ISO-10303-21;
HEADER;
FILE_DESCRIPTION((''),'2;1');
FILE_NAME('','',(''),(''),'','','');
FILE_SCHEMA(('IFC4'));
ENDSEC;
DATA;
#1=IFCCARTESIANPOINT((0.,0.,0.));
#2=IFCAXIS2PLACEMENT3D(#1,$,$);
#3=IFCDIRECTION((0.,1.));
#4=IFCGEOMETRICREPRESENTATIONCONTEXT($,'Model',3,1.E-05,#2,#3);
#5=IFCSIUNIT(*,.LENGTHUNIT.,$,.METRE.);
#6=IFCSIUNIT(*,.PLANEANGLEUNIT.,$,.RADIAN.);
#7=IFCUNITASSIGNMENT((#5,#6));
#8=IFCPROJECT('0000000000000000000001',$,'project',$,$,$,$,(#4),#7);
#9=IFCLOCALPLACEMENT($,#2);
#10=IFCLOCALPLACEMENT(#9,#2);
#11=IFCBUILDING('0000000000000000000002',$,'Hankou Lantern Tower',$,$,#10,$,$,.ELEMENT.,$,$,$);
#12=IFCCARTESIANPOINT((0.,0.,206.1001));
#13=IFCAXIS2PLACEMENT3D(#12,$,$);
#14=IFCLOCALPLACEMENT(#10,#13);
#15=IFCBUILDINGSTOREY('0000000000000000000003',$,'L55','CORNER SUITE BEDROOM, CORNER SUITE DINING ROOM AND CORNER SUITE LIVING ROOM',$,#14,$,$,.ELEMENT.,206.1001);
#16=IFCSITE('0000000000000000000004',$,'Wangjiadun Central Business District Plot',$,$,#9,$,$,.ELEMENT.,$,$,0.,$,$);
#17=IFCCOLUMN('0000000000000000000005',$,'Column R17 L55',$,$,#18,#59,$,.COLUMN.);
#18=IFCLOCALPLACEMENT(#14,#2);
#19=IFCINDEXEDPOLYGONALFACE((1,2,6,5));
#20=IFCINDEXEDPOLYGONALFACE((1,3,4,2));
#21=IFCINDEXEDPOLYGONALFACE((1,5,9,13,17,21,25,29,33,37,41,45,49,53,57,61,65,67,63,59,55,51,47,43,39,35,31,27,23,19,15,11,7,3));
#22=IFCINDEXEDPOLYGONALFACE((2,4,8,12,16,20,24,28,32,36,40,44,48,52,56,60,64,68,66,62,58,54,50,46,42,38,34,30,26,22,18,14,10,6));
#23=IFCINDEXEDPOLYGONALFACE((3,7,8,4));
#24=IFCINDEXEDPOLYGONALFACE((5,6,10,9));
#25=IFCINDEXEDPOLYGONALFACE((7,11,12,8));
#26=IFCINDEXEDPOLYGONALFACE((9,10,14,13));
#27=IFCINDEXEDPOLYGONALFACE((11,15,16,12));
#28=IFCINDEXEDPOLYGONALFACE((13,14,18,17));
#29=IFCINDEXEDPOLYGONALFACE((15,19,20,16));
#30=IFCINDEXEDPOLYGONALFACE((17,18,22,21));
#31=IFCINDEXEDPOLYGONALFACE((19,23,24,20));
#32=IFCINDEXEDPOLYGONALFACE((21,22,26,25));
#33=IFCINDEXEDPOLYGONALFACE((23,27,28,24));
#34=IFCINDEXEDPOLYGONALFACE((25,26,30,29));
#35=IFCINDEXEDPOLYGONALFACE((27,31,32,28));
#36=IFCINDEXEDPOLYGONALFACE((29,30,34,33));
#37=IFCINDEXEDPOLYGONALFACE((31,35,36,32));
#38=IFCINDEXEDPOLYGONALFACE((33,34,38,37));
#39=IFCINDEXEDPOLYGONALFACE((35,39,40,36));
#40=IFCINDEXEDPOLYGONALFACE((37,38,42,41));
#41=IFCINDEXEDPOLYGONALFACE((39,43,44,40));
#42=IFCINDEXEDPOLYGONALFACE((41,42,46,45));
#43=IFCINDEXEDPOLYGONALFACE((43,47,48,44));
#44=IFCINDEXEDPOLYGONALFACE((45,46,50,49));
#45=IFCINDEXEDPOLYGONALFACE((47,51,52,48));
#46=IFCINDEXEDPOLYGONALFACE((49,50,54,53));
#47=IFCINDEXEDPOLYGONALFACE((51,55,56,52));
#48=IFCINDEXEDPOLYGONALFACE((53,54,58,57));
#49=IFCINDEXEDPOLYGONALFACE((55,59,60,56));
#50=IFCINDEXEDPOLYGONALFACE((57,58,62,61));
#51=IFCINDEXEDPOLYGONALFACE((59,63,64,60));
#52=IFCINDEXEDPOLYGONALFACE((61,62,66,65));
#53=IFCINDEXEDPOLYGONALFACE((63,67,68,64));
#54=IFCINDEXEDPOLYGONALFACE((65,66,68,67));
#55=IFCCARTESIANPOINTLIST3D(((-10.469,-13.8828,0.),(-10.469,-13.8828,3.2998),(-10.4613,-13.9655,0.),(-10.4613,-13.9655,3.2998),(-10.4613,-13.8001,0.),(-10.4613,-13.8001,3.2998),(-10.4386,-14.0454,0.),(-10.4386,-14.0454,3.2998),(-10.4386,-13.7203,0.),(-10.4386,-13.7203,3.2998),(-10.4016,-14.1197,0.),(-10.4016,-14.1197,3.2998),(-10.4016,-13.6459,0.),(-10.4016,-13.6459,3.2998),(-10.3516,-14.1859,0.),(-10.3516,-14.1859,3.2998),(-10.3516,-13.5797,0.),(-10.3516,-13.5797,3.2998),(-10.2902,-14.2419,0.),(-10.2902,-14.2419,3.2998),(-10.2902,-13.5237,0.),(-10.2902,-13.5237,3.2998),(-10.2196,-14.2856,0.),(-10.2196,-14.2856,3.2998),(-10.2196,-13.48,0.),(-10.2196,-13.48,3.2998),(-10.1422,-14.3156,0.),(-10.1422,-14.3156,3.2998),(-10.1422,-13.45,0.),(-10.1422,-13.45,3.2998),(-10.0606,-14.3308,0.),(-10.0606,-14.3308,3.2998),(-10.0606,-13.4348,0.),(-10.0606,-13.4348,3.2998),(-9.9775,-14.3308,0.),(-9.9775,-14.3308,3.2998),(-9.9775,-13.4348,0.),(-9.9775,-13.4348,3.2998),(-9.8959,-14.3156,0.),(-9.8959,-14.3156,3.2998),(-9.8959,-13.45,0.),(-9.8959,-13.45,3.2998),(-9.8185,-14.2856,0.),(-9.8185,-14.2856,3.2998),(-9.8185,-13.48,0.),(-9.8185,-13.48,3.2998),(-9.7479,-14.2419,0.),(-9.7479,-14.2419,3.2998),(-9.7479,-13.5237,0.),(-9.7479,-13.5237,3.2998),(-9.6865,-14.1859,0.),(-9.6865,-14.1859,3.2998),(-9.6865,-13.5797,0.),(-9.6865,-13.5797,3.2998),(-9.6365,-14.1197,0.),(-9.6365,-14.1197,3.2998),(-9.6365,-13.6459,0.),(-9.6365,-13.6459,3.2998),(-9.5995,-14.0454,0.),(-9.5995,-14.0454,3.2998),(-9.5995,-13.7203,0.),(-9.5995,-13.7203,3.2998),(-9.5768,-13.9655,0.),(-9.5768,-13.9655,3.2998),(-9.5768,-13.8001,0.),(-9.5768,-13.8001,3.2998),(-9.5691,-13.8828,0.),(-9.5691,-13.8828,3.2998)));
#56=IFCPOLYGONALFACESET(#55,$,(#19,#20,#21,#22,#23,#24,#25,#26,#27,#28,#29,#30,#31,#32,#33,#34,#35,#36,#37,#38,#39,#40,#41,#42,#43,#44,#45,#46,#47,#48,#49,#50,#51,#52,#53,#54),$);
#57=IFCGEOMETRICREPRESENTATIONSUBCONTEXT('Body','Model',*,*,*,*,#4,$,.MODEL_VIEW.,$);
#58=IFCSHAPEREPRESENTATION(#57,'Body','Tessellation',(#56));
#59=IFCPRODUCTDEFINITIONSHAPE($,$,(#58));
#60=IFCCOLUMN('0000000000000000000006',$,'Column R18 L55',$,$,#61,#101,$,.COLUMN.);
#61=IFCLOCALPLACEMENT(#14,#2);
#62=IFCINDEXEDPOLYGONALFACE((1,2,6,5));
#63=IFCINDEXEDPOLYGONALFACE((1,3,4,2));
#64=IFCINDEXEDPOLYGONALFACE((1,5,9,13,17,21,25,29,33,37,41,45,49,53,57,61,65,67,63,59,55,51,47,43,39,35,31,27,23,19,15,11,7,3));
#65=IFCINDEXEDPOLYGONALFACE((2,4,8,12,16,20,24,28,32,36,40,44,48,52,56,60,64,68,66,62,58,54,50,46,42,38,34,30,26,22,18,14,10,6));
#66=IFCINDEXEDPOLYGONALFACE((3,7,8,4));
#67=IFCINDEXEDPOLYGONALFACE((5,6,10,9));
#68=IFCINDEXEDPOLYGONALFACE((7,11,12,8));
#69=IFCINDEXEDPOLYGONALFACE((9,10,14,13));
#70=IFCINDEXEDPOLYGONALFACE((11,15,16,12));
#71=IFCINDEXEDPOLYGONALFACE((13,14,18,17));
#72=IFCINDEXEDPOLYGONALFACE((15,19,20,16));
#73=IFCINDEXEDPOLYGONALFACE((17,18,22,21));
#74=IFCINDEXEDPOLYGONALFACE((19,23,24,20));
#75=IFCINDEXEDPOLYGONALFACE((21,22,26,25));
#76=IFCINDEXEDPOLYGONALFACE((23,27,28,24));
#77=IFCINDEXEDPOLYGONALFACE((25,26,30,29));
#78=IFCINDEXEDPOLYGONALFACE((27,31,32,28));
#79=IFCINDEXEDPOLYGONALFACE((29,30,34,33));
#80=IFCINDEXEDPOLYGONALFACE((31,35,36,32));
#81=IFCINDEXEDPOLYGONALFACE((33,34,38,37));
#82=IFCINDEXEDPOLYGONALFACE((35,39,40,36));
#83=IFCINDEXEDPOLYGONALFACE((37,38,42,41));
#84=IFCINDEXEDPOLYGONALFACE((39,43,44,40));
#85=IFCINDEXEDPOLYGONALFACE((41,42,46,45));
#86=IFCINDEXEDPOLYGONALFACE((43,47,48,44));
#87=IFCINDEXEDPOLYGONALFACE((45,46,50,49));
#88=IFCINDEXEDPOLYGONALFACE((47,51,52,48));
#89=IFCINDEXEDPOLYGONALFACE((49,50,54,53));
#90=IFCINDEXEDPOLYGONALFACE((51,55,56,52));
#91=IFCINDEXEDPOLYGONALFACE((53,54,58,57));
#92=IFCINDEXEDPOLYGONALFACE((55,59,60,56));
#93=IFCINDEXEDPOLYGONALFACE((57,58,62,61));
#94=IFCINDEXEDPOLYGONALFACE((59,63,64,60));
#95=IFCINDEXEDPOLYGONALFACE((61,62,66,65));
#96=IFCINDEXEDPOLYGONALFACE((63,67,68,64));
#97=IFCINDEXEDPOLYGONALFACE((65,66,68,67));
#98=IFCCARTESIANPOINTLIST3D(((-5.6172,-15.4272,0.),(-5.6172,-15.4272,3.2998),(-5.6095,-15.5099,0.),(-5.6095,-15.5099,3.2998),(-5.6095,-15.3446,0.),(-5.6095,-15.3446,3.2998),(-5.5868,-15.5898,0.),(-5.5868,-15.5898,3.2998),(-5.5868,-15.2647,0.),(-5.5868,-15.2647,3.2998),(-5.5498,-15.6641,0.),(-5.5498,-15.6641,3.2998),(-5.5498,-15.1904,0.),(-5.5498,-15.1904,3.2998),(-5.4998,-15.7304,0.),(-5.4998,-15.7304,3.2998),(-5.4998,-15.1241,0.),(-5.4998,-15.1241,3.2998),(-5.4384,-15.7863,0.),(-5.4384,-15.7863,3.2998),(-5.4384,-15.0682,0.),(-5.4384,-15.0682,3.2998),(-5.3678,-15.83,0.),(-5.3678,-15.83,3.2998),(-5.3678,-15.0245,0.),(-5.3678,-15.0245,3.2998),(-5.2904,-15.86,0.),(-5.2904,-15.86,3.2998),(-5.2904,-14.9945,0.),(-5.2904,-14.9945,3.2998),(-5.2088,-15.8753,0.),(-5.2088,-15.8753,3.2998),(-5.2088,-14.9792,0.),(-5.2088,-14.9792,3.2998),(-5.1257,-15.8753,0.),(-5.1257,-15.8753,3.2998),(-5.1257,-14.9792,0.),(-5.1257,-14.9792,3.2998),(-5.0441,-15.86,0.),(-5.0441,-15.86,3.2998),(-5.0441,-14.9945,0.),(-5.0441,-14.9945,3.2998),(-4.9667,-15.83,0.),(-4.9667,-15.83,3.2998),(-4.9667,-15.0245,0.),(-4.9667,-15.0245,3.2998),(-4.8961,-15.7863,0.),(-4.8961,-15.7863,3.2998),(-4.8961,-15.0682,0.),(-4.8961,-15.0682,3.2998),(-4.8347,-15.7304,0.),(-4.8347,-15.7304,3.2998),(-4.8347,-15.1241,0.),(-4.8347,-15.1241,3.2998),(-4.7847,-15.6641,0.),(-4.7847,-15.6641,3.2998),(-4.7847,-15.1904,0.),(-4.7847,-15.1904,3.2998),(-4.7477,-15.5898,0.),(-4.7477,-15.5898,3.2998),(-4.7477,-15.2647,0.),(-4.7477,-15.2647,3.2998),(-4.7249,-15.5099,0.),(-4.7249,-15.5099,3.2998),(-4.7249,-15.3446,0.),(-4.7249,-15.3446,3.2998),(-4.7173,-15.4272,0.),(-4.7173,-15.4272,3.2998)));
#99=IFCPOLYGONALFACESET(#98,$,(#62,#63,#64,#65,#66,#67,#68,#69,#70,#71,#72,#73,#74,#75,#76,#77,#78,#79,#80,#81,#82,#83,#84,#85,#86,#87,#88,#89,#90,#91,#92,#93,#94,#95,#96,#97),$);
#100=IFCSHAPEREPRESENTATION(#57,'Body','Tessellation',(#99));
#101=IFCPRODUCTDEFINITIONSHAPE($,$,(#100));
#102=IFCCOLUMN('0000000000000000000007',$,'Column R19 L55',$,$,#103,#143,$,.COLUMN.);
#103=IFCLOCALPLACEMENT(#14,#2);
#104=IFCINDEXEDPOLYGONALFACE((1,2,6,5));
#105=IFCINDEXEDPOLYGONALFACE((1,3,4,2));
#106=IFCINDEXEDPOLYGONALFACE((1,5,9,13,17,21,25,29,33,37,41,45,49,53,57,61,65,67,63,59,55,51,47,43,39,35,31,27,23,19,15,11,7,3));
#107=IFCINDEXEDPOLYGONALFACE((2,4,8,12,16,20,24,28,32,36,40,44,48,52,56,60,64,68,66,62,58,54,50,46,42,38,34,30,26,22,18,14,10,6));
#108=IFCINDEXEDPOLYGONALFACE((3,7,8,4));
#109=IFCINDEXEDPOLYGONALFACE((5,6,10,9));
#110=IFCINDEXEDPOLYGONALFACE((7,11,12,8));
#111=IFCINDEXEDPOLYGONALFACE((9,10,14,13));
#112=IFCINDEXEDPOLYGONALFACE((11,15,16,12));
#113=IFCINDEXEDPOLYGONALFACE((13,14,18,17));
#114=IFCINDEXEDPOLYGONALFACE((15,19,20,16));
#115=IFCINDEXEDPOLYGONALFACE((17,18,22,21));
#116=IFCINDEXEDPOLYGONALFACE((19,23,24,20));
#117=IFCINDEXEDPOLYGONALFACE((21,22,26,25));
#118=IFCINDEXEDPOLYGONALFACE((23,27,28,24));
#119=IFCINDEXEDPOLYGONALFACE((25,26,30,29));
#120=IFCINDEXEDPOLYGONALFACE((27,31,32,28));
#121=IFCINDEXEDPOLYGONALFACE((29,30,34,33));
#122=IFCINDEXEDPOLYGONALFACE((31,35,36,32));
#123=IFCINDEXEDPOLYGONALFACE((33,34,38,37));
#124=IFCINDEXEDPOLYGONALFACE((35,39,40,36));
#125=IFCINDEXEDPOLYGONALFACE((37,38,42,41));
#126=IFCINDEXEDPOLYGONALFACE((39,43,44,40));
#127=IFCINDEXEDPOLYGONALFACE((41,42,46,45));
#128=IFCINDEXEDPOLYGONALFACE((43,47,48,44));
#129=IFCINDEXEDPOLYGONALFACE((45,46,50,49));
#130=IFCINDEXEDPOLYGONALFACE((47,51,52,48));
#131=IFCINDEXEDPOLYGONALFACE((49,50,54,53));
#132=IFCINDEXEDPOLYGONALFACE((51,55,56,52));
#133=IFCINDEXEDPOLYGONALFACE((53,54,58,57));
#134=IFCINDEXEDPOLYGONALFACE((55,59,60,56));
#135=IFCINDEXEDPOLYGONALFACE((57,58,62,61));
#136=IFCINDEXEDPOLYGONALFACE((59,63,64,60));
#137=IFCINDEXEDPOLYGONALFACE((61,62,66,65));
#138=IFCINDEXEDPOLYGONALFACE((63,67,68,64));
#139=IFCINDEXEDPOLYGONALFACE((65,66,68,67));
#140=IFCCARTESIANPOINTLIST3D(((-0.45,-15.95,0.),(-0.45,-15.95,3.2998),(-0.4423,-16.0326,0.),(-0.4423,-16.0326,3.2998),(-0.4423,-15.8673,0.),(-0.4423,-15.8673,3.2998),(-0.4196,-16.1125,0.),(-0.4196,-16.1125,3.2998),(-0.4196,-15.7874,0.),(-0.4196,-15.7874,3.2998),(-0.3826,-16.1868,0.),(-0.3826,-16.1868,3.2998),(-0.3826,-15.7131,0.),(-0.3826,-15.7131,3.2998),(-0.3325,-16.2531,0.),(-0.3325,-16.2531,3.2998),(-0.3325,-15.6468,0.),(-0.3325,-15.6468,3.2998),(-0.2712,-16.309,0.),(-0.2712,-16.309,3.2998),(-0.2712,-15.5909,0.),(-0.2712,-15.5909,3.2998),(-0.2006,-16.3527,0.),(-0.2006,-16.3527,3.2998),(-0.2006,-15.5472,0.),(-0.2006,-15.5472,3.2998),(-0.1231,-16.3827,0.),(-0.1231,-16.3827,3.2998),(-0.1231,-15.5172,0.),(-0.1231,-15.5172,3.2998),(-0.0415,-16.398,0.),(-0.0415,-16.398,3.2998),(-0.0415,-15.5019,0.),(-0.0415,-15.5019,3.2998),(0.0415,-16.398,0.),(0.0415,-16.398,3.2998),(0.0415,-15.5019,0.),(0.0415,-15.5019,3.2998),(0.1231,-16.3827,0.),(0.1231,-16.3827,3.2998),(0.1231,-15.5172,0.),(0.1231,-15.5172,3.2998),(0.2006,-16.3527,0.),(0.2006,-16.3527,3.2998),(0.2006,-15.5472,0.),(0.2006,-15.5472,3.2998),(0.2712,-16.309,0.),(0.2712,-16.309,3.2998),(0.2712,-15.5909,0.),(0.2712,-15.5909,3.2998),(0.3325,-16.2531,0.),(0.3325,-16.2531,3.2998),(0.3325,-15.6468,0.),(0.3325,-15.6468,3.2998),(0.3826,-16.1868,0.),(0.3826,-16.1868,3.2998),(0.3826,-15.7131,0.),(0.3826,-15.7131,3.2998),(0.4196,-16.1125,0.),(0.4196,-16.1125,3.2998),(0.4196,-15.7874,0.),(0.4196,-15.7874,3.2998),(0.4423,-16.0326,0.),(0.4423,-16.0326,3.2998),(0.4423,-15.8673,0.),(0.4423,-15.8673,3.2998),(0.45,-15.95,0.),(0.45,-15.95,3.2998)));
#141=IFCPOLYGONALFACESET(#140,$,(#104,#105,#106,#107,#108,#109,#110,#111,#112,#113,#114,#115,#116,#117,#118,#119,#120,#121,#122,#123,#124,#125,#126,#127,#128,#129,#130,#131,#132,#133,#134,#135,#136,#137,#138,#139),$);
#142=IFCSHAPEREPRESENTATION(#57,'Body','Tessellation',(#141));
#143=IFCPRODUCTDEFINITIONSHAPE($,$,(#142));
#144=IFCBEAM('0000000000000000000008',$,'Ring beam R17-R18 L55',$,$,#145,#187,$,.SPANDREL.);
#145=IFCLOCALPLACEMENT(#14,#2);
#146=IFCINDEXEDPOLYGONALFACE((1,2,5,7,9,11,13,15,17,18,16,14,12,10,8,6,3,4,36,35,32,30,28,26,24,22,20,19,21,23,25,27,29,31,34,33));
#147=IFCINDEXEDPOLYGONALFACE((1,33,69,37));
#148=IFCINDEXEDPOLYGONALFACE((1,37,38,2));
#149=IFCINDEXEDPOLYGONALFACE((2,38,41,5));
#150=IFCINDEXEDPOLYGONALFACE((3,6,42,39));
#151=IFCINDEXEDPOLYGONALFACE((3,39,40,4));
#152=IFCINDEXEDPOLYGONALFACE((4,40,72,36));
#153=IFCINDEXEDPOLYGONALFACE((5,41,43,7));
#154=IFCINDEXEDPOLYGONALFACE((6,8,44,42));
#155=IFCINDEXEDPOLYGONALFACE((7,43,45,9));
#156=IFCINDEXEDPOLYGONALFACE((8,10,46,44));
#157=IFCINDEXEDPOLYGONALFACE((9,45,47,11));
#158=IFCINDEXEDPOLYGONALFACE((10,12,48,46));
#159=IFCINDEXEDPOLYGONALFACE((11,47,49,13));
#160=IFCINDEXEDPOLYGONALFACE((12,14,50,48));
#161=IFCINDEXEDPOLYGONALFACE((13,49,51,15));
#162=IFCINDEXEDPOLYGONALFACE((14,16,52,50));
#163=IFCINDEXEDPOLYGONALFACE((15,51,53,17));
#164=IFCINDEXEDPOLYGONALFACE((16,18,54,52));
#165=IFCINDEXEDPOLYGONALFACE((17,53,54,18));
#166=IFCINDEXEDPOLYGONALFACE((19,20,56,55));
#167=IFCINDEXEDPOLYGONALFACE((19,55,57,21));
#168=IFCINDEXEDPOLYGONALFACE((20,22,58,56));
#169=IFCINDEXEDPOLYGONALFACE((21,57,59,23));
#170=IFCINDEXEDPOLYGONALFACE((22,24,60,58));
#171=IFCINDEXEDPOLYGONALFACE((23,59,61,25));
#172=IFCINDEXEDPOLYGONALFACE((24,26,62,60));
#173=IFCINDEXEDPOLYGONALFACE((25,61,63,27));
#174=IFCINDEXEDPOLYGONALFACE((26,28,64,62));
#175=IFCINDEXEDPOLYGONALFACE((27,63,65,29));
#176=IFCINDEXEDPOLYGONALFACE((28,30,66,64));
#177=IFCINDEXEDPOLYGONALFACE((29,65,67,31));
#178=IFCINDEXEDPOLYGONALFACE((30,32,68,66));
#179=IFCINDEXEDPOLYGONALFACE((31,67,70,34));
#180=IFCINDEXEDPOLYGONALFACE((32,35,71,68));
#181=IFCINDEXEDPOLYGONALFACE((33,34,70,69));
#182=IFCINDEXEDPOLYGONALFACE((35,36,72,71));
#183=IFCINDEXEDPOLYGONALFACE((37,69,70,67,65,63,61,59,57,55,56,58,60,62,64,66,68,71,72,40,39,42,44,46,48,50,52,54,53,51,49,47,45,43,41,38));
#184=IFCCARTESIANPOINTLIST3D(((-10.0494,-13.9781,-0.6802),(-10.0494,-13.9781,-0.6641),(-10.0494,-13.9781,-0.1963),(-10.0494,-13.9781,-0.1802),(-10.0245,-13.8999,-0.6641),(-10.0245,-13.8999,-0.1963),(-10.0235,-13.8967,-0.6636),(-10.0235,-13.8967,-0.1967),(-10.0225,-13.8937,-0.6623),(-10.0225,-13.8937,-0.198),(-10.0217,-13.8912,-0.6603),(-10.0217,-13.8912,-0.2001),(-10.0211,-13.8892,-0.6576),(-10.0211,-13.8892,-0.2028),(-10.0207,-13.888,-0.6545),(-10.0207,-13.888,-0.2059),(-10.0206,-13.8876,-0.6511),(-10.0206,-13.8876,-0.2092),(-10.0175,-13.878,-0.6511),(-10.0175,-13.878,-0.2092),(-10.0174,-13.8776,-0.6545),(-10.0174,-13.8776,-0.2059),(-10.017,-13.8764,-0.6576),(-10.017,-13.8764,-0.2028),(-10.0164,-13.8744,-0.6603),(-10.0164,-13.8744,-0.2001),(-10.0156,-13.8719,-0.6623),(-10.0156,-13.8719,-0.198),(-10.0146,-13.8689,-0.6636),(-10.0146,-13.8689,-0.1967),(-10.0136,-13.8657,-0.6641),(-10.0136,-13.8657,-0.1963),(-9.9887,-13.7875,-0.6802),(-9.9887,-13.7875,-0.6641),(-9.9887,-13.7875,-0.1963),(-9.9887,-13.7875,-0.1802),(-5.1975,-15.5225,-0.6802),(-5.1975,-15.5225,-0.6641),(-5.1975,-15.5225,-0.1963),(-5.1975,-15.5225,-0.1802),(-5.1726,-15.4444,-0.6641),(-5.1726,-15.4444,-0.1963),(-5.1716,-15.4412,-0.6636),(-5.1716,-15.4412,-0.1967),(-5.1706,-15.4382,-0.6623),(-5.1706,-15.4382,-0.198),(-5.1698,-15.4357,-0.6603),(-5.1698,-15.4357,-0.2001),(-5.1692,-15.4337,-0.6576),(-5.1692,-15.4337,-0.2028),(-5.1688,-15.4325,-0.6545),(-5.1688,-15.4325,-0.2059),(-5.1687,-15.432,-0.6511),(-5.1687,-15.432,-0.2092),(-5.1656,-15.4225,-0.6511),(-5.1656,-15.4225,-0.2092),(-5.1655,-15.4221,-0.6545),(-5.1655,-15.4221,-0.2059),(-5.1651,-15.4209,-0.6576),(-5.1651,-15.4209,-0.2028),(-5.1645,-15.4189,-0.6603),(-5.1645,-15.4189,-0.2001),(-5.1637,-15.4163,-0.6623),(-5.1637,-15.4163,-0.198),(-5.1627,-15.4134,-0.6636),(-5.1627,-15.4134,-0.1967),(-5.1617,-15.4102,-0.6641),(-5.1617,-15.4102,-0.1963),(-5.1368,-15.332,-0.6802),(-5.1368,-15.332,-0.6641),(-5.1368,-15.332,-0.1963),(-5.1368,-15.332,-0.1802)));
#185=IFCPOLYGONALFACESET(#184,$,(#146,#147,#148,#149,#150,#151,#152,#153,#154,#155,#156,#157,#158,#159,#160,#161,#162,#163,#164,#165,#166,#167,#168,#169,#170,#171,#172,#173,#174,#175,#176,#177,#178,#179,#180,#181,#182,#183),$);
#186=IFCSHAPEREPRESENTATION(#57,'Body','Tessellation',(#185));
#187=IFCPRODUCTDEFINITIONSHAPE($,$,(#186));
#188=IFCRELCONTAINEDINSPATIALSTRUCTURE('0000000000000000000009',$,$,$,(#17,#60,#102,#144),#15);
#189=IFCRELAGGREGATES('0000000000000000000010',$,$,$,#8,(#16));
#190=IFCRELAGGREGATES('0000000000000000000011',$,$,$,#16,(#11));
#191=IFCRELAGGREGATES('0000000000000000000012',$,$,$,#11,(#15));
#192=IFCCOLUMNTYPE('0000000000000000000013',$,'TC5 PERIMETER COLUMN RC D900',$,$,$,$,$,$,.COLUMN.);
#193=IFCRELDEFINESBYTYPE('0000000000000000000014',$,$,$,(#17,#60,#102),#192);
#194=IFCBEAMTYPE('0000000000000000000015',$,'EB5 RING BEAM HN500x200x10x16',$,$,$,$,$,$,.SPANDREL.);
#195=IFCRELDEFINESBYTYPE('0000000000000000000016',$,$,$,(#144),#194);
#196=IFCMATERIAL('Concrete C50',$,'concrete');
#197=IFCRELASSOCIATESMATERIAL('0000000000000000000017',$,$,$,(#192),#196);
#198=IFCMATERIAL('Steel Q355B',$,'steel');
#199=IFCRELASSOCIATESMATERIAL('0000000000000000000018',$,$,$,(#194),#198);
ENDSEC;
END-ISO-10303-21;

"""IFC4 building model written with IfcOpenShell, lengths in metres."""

from ifc_helpers import new_model, si_unit, direction, frame, origin, origin_2d, place, context, subcontext, project, spatial, circle, i_section, extrude, material, material_profile, profile_set, type_object, element, save


model = new_model("IFC4")

# Units and contexts
model_context = context("Model", 3, precision=1e-05, world=origin(), true_north=direction((0.0, 1.0)))
body_context = subcontext(model_context, "Body", "Model", "MODEL_VIEW")
ifc_project = project(units=[si_unit("LENGTHUNIT", "METRE"), si_unit("PLANEANGLEUNIT", "RADIAN")], contexts=[model_context])

# Site, building, storey
site_placement = place(None, origin())
site = spatial("IfcSite", under=ifc_project, at=site_placement, Name="Wangjiadun Central Business District Plot", CompositionType="ELEMENT", RefElevation=0.0)
building_placement = place(site_placement, origin())
building = spatial("IfcBuilding", under=site, at=building_placement, Name="Hankou Lantern Tower", CompositionType="ELEMENT")
storey_placement = place(building_placement, frame((0.0, 0.0, 206.1001)))
storey = spatial("IfcBuildingStorey", under=building, at=storey_placement, Name="L55", Description="CORNER SUITE BEDROOM, CORNER SUITE DINING ROOM AND CORNER SUITE LIVING ROOM", CompositionType="ELEMENT", Elevation=206.1001)

# Columns
ifc_material_1 = material(Name="Concrete C50", Category="concrete")
ifc_material_profile_1 = material_profile(ifc_material_1, circle(Radius=0.45, at=origin_2d()), Name="RC D900")
ifc_profile_set_1 = profile_set([ifc_material_profile_1], Name="Concrete C50")
column_type = type_object("IfcColumnType", Name="TC5 PERIMETER COLUMN RC D900", PredefinedType="COLUMN", material=ifc_profile_set_1)
for number, where, z_axis, x_axis, name in (
    (1, (-10.019, -13.8828, 0.0), (0.0, 0.0, 1.0), (1.0, 0.0, 0.0), "Column R17 L55"),
    (2, (-5.1672, -15.4272, 0.0), (0.0, 0.0, 1.0), (1.0, 0.0, 0.0), "Column R18 L55"),
    (3, (0.0, -15.95, 0.0), (0.0, 0.0, 1.0), (1.0, 0.0, 0.0), "Column R19 L55"),
):
    element("IfcColumn", number, at=place(storey_placement, frame(where, z_axis=z_axis, x_axis=x_axis)), inside=storey, type_object=column_type, Name=name, PredefinedType="COLUMN", context=body_context, shape_type="SweptSolid", body=[
        extrude(circle(Radius=0.45, at=origin_2d()), origin(), (0.0, 0.0, 1.0), 3.2998),
    ])

# Beam
ifc_material_2 = material(Name="Steel Q355B", Category="steel")
ifc_material_profile_2 = material_profile(ifc_material_2, i_section(OverallWidth=0.2, OverallDepth=0.5, WebThickness=0.01, FlangeThickness=0.0161, FilletRadius=0.0129, at=origin_2d()), Name="HN500x200x10x16")
ifc_profile_set_2 = profile_set([ifc_material_profile_2], Name="Steel Q355B")
beam_type_1 = type_object("IfcBeamType", Name="EB5 RING BEAM HN500x200x10x16", PredefinedType="SPANDREL", material=ifc_profile_set_2)
beam_1_placement = place(storey_placement, frame((-10.019, -13.8828, -0.4302), z_axis=(0.952887, -0.303324, 0.0), x_axis=(0.303324, 0.952887, 0.0)))
element("IfcBeam", 4, at=beam_1_placement, inside=storey, type_object=beam_type_1, Name="Ring beam R17-R18 L55", PredefinedType="SPANDREL", context=body_context, shape_type="SweptSolid", body=[
    extrude(i_section(OverallWidth=0.2, OverallDepth=0.5, WebThickness=0.01, FlangeThickness=0.0161, FilletRadius=0.0129, at=origin_2d()), origin(), (0.0, 0.0, 1.0), 5.0918),
])

save(model, "model.ifc")
